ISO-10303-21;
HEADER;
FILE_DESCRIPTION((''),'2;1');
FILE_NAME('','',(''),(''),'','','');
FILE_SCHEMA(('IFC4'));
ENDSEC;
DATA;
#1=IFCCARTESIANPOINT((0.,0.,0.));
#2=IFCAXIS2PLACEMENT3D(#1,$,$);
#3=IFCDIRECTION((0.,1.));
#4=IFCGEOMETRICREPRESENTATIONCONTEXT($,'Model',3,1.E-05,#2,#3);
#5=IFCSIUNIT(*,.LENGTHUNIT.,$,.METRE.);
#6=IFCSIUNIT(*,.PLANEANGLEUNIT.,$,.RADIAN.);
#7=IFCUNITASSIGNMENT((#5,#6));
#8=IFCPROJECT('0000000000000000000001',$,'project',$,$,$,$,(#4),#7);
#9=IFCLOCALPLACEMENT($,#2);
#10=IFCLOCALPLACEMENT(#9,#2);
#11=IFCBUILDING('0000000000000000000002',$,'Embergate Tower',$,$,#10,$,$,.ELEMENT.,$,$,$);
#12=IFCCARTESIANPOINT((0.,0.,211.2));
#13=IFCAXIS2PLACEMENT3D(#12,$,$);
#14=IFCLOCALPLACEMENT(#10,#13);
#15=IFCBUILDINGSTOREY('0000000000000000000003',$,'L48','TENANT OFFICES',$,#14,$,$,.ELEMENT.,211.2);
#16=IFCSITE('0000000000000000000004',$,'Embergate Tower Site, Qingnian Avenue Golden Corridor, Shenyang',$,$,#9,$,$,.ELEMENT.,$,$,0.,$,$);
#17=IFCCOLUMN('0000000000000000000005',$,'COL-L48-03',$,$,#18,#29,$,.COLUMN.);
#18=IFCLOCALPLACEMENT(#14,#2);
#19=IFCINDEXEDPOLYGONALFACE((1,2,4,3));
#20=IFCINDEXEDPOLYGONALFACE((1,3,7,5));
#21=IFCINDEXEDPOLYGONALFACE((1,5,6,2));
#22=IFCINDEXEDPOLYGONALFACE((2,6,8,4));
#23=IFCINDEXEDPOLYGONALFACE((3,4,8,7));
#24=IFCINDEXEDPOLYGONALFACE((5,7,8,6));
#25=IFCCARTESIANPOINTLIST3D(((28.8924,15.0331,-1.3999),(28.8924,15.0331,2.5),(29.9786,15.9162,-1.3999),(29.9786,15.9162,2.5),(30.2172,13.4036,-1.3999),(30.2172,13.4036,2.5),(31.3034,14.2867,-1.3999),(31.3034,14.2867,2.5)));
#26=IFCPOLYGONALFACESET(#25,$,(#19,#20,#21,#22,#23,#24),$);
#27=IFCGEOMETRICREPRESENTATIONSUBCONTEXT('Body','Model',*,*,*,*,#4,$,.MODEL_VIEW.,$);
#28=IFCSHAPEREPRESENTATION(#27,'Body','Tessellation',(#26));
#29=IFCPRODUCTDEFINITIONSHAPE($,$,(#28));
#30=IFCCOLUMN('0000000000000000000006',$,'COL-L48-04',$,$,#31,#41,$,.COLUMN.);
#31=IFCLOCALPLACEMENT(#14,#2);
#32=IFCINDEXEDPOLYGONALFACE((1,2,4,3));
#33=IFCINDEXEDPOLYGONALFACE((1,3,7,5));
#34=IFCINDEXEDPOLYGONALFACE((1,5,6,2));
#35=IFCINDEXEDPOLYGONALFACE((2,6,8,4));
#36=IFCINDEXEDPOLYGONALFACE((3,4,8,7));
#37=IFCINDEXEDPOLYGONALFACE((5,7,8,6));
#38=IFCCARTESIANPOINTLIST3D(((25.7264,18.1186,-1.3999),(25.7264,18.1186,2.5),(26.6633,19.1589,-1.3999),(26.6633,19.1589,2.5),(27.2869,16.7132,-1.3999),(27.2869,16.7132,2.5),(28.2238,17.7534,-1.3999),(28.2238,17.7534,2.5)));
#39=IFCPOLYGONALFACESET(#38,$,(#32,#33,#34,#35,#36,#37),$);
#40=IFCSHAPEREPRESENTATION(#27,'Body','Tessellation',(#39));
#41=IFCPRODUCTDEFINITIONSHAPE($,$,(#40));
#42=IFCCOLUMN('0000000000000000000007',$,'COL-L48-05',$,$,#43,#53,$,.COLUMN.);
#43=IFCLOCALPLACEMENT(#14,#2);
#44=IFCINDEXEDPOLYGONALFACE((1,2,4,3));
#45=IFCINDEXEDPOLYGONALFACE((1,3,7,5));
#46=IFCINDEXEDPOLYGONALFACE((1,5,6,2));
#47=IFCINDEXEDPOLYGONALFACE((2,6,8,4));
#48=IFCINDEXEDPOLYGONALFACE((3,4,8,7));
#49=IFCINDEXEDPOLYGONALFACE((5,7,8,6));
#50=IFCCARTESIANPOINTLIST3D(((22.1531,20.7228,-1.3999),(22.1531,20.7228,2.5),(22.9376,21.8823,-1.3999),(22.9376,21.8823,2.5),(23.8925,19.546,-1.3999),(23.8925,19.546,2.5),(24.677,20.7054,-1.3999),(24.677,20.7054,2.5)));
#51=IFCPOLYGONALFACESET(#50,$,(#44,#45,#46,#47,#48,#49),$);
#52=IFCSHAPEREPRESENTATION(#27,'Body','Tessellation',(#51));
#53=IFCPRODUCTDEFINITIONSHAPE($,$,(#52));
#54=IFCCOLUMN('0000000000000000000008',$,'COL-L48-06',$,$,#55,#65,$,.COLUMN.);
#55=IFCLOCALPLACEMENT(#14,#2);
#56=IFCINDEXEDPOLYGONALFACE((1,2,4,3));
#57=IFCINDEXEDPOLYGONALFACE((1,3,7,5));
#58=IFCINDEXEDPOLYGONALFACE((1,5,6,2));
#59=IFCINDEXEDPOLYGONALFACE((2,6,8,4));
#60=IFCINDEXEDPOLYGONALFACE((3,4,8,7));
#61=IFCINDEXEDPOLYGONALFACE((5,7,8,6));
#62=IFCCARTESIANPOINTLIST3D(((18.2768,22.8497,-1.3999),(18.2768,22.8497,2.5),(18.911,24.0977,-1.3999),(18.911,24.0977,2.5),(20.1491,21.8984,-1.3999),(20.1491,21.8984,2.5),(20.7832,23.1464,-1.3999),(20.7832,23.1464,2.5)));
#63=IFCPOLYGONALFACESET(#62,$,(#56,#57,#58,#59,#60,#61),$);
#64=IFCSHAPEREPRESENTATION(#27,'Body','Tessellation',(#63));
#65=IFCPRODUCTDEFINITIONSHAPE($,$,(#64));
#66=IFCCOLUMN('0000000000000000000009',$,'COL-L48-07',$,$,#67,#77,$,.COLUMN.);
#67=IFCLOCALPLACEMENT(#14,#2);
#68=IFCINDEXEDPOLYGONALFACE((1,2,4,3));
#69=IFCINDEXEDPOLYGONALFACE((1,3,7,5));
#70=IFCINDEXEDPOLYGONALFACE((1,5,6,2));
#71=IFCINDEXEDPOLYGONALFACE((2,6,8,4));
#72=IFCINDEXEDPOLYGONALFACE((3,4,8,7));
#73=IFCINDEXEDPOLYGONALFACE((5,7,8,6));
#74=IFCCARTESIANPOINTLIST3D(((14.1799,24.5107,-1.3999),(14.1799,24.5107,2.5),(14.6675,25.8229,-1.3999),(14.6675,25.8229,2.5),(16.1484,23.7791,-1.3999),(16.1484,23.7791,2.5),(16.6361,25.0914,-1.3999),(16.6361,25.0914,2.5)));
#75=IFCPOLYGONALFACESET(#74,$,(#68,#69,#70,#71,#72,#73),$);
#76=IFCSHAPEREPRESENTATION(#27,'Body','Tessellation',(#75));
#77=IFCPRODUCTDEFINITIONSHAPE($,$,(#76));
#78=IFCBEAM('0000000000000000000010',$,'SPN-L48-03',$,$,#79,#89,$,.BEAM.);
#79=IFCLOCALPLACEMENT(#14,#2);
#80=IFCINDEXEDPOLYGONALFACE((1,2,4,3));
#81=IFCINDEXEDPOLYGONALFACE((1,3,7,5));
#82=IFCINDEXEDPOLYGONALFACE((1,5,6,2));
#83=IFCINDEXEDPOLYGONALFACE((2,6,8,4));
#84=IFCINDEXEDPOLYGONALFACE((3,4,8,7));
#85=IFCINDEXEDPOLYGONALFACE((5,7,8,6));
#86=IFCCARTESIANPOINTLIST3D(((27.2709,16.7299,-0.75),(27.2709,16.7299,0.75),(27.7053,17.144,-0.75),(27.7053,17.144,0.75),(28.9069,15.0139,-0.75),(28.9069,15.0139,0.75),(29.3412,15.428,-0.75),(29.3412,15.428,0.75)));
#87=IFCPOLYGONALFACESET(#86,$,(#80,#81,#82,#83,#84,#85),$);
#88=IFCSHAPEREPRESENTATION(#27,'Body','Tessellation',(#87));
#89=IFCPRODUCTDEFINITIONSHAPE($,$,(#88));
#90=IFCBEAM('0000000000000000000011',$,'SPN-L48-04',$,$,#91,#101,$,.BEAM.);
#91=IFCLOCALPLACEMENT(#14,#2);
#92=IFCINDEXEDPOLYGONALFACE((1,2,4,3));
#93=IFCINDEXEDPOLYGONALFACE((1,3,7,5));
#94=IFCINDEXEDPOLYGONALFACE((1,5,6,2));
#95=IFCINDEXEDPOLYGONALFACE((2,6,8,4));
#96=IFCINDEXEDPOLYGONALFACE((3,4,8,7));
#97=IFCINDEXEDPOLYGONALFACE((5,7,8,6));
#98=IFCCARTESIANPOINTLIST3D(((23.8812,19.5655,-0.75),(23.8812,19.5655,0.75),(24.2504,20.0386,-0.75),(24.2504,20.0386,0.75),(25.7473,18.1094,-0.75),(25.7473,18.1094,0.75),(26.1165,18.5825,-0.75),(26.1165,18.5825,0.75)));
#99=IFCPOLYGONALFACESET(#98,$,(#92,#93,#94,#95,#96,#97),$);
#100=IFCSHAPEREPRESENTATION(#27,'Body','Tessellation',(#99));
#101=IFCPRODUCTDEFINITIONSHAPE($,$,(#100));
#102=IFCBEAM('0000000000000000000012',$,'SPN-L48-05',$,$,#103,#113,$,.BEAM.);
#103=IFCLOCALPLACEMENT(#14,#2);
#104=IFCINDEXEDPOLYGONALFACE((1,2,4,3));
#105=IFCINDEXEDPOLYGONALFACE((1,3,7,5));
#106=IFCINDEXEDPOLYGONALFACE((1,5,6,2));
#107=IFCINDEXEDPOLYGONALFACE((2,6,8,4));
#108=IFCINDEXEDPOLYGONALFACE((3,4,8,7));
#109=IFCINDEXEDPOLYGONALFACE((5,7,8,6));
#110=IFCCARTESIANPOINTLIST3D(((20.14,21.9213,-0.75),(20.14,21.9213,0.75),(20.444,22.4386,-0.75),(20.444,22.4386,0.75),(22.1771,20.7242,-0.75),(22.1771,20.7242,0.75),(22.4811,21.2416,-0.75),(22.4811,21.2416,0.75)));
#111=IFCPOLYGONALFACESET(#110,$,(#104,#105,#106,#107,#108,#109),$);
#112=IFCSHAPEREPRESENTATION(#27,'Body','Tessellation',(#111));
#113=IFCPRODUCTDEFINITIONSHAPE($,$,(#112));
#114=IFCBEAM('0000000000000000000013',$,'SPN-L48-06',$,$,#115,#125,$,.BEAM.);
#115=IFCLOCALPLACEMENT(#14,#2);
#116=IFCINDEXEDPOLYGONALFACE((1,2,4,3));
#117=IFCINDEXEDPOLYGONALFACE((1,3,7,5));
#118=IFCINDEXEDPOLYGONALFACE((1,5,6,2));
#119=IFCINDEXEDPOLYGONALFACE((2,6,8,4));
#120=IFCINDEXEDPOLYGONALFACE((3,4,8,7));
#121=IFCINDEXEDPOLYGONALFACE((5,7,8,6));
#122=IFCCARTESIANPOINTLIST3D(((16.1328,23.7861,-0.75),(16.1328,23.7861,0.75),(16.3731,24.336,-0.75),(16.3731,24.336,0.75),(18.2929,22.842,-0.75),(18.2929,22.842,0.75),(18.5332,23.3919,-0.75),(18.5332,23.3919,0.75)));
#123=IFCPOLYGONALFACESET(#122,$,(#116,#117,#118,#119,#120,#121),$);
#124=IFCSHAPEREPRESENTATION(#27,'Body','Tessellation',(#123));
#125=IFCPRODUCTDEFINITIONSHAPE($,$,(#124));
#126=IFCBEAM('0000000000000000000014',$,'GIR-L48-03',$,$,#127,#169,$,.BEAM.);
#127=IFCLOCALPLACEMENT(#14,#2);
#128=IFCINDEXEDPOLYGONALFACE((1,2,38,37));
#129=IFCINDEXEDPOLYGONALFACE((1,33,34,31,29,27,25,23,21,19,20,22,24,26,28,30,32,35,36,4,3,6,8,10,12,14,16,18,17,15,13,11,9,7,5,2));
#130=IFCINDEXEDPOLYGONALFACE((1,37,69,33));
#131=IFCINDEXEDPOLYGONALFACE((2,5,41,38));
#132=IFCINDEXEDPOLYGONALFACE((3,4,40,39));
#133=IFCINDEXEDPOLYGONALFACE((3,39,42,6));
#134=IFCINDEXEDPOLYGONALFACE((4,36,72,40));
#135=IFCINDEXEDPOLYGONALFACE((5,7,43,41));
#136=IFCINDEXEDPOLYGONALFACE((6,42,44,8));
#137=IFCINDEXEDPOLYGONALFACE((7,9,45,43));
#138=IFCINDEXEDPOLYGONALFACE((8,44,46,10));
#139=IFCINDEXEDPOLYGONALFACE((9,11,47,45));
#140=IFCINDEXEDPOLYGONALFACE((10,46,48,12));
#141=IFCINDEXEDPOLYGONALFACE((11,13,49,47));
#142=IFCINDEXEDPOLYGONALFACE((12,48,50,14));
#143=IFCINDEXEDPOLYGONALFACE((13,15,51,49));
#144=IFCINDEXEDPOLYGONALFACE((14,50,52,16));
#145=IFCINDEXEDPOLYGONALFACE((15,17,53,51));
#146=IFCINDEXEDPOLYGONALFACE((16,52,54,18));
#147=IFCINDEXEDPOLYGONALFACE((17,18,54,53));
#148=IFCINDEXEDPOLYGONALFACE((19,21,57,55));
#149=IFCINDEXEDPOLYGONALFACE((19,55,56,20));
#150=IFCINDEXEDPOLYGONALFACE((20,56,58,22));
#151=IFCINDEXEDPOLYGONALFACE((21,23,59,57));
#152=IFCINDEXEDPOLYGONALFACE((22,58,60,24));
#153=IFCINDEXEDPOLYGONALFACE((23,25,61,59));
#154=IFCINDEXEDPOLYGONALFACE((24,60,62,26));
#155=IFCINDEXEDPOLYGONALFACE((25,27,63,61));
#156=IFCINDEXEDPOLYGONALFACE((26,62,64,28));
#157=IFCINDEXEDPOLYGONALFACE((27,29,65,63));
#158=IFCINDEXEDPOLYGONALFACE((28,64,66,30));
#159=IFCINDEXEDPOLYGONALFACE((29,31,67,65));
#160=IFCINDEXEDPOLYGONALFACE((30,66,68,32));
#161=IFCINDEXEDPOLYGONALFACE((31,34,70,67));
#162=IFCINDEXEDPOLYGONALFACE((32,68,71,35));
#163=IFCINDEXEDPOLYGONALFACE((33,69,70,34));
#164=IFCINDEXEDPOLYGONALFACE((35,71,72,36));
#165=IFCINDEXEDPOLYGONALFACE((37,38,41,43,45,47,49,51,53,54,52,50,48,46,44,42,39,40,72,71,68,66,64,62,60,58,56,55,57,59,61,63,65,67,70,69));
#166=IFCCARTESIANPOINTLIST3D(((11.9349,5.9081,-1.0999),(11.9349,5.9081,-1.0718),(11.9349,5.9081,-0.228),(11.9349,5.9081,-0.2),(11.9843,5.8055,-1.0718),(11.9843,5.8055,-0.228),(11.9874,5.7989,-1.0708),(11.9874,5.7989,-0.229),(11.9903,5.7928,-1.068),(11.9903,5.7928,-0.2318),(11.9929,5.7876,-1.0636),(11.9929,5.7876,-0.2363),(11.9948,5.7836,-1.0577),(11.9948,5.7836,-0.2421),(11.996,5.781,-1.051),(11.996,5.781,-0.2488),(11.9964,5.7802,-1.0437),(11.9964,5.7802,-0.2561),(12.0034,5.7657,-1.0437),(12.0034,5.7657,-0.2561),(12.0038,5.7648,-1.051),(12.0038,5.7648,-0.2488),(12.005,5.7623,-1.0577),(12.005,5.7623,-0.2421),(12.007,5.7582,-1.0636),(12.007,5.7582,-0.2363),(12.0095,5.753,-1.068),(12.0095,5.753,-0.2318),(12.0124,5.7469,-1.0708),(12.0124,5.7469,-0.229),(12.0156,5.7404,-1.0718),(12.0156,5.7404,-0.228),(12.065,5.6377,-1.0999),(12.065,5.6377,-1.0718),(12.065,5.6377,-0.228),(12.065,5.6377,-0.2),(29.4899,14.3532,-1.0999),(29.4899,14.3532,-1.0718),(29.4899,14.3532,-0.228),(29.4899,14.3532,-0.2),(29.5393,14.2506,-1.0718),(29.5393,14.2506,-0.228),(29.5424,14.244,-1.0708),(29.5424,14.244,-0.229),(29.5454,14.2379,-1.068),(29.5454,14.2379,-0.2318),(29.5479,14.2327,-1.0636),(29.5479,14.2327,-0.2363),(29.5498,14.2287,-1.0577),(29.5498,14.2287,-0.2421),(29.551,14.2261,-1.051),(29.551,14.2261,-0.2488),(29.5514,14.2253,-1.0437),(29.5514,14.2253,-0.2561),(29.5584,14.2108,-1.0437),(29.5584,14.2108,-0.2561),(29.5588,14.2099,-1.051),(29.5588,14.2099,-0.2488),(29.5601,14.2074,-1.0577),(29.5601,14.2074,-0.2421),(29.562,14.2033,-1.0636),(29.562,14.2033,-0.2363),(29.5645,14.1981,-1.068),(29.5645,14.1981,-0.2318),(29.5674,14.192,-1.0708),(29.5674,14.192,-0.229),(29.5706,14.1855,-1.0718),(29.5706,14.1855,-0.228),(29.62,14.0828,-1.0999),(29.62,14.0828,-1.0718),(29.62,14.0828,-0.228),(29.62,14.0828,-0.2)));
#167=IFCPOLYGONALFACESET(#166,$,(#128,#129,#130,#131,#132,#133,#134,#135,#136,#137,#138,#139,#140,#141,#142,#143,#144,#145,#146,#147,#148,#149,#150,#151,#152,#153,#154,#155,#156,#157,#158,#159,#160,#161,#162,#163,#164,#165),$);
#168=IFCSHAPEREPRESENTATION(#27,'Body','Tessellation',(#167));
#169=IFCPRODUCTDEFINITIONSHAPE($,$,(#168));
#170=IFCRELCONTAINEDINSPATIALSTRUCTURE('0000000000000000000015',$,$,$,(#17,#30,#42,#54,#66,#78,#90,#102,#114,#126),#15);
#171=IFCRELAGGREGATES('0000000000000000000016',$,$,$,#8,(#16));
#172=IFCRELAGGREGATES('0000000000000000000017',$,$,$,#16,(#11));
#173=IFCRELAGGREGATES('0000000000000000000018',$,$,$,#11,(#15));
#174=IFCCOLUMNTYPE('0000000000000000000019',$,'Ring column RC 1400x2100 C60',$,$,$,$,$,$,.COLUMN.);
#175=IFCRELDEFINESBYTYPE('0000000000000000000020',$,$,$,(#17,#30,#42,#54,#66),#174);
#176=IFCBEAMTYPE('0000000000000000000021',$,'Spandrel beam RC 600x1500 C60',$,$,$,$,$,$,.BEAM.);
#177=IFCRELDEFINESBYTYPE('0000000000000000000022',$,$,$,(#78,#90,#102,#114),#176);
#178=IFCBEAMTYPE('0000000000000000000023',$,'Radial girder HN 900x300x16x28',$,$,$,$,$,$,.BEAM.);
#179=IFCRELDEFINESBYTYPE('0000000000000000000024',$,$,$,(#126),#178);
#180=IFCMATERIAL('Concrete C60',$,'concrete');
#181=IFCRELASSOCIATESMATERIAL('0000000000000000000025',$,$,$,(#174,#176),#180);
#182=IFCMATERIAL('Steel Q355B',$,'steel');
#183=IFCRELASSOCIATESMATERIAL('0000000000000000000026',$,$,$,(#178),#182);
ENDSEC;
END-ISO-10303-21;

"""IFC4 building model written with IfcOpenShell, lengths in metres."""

from ifc_helpers import new_model, si_unit, direction, frame, origin, origin_2d, place, context, subcontext, project, spatial, rectangle, i_section, extrude, source, transform, mapped, material, material_profile, profile_set, type_object, element, save


model = new_model("IFC4")

# Units and contexts
model_context = context("Model", 3, precision=1e-05, world=origin(), true_north=direction((0.0, 1.0)))
body_context = subcontext(model_context, "Body", "Model", "MODEL_VIEW")
ifc_project = project(units=[si_unit("LENGTHUNIT", "METRE"), si_unit("PLANEANGLEUNIT", "RADIAN")], contexts=[model_context])

# Site, building, storey
site_placement = place(None, origin())
site = spatial("IfcSite", under=ifc_project, at=site_placement, Name="Embergate Tower Site, Qingnian Avenue Golden Corridor, Shenyang", CompositionType="ELEMENT", RefElevation=0.0)
building_placement = place(site_placement, origin())
building = spatial("IfcBuilding", under=site, at=building_placement, Name="Embergate Tower", CompositionType="ELEMENT")
storey_placement = place(building_placement, frame((0.0, 0.0, 211.2)))
storey = spatial("IfcBuildingStorey", under=building, at=storey_placement, Name="L48", Description="TENANT OFFICES", CompositionType="ELEMENT", Elevation=211.2)

# Columns
ifc_material_1 = material(Name="Concrete C60", Category="concrete")
ifc_material_profile_1 = material_profile(ifc_material_1, rectangle(XDim=1.3999, YDim=2.1001, at=origin_2d()), Name="RC 1400x2100")
ifc_profile_set_1 = profile_set([ifc_material_profile_1], Name="Concrete C60")
column_type = type_object("IfcColumnType", Name="Ring column RC 1400x2100 C60", PredefinedType="COLUMN", material=ifc_profile_set_1)
shared_shape_1 = source(origin(), body_context, "Body", "SweptSolid", [
    extrude(rectangle(XDim=1.3999, YDim=2.1001, at=origin_2d()), origin(), (0.0, 0.0, 1.0), 3.8999),
])
for number, where, z_axis, x_axis, name in (
    (1, (30.0979, 14.6599, -1.3999), (0.0, 0.0, 1.0), (0.775925, 0.630825, 0.0), "COL-L48-03"),
    (2, (26.9751, 17.936, -1.3999), (0.0, 0.0, 1.0), (0.669221, 0.743063, 0.0), "COL-L48-04"),
    (3, (23.415, 20.7141, -1.3999), (0.0, 0.0, 1.0), (0.560393, 0.828227, 0.0), "COL-L48-05"),
    (4, (19.53, 22.998, -1.3999), (0.0, 0.0, 1.0), (0.453011, 0.891505, 0.0), "COL-L48-06"),
    (5, (15.408, 24.801, -1.3999), (0.0, 0.0, 1.0), (0.348343, 0.937367, 0.0), "COL-L48-07"),
):
    element("IfcColumn", number, at=place(storey_placement, frame(where, z_axis=z_axis, x_axis=x_axis)), inside=storey, type_object=column_type, Name=name, PredefinedType="COLUMN", context=body_context, shape_type="MappedRepresentation", body=[
        mapped(shared_shape_1, transform((0.0, 0.0, 0.0))),
    ])

# Beams
ifc_material_profile_2 = material_profile(ifc_material_1, rectangle(XDim=0.6001, YDim=1.5, at=origin_2d()), Name="RC 600x1500")
ifc_profile_set_2 = profile_set([ifc_material_profile_2], Name="Concrete C60")
beam_type_1 = type_object("IfcBeamType", Name="Spandrel beam RC 600x1500 C60", PredefinedType="BEAM", material=ifc_profile_set_2)
shared_shape_2 = source(origin(), body_context, "Body", "SweptSolid", [
    extrude(rectangle(XDim=0.6001, YDim=1.5, at=origin_2d()), origin(), (0.0, 0.0, 1.0), 2.3708),
])
beam_1_placement = place(storey_placement, frame((29.124, 15.2209, 0.0), z_axis=(-0.690018, 0.723793, 0.0), x_axis=(-0.723793, -0.690018, 0.0)))
element("IfcBeam", 6, at=beam_1_placement, inside=storey, type_object=beam_type_1, Name="SPN-L48-03", PredefinedType="BEAM", context=body_context, shape_type="MappedRepresentation", body=[
    mapped(shared_shape_2, transform((0.0, 0.0, 0.0))),
])
shared_shape_3 = source(origin(), body_context, "Body", "SweptSolid", [
    extrude(rectangle(XDim=0.6001, YDim=1.5, at=origin_2d()), origin(), (0.0, 0.0, 1.0), 2.3669),
])
beam_2_placement = place(storey_placement, frame((25.9319, 18.3459, 0.0), z_axis=(-0.788379, 0.61519, 0.0), x_axis=(-0.61519, -0.788379, 0.0)))
element("IfcBeam", 7, at=beam_2_placement, inside=storey, type_object=beam_type_1, Name="SPN-L48-04", PredefinedType="BEAM", context=body_context, shape_type="MappedRepresentation", body=[
    mapped(shared_shape_3, transform((0.0, 0.0, 0.0))),
])
shared_shape_4 = source(origin(), body_context, "Body", "SweptSolid", [
    extrude(rectangle(XDim=0.6001, YDim=1.5, at=origin_2d()), origin(), (0.0, 0.0, 1.0), 2.3628),
])
beam_3_placement = place(storey_placement, frame((22.3291, 20.9829, 0.0), z_axis=(-0.862171, 0.506618, 0.0), x_axis=(-0.506618, -0.862171, 0.0)))
element("IfcBeam", 8, at=beam_3_placement, inside=storey, type_object=beam_type_1, Name="SPN-L48-05", PredefinedType="BEAM", context=body_context, shape_type="MappedRepresentation", body=[
    mapped(shared_shape_4, transform((0.0, 0.0, 0.0))),
])
shared_shape_5 = source(origin(), body_context, "Body", "SweptSolid", [
    extrude(rectangle(XDim=0.6001, YDim=1.5, at=origin_2d()), origin(), (0.0, 0.0, 1.0), 2.3574),
])
beam_4_placement = place(storey_placement, frame((18.4131, 23.1169, 0.0), z_axis=(-0.916309, 0.400471, 0.0), x_axis=(-0.400471, -0.916309, 0.0)))
element("IfcBeam", 9, at=beam_4_placement, inside=storey, type_object=beam_type_1, Name="SPN-L48-06", PredefinedType="BEAM", context=body_context, shape_type="MappedRepresentation", body=[
    mapped(shared_shape_5, transform((0.0, 0.0, 0.0))),
])
ifc_material_2 = material(Name="Steel Q355B", Category="steel")
ifc_material_profile_3 = material_profile(ifc_material_2, i_section(OverallWidth=0.3, OverallDepth=0.8999, WebThickness=0.0161, FlangeThickness=0.0281, FilletRadius=0.0281, at=origin_2d()), Name="HN 900x300x16x28")
ifc_profile_set_3 = profile_set([ifc_material_profile_3], Name="Steel Q355 grade B")
beam_type_2 = type_object("IfcBeamType", Name="Radial girder HN 900x300x16x28", PredefinedType="BEAM", material=ifc_profile_set_3)
shared_shape_6 = source(origin(), body_context, "Body", "SweptSolid", [
    extrude(i_section(OverallWidth=0.3, OverallDepth=0.8999, WebThickness=0.0161, FlangeThickness=0.0281, FilletRadius=0.0281, at=origin_2d()), origin(), (0.0, 0.0, 1.0), 19.4807),
])
beam_5_placement = place(storey_placement, frame((29.5549, 14.218, -0.6499), z_axis=(-0.901148, -0.433511, 0.0), x_axis=(0.433511, -0.901148, 0.0)))
element("IfcBeam", 10, at=beam_5_placement, inside=storey, type_object=beam_type_2, Name="GIR-L48-03", PredefinedType="BEAM", context=body_context, shape_type="MappedRepresentation", body=[
    mapped(shared_shape_6, transform((0.0, 0.0, 0.0))),
])

save(model, "model.ifc")
